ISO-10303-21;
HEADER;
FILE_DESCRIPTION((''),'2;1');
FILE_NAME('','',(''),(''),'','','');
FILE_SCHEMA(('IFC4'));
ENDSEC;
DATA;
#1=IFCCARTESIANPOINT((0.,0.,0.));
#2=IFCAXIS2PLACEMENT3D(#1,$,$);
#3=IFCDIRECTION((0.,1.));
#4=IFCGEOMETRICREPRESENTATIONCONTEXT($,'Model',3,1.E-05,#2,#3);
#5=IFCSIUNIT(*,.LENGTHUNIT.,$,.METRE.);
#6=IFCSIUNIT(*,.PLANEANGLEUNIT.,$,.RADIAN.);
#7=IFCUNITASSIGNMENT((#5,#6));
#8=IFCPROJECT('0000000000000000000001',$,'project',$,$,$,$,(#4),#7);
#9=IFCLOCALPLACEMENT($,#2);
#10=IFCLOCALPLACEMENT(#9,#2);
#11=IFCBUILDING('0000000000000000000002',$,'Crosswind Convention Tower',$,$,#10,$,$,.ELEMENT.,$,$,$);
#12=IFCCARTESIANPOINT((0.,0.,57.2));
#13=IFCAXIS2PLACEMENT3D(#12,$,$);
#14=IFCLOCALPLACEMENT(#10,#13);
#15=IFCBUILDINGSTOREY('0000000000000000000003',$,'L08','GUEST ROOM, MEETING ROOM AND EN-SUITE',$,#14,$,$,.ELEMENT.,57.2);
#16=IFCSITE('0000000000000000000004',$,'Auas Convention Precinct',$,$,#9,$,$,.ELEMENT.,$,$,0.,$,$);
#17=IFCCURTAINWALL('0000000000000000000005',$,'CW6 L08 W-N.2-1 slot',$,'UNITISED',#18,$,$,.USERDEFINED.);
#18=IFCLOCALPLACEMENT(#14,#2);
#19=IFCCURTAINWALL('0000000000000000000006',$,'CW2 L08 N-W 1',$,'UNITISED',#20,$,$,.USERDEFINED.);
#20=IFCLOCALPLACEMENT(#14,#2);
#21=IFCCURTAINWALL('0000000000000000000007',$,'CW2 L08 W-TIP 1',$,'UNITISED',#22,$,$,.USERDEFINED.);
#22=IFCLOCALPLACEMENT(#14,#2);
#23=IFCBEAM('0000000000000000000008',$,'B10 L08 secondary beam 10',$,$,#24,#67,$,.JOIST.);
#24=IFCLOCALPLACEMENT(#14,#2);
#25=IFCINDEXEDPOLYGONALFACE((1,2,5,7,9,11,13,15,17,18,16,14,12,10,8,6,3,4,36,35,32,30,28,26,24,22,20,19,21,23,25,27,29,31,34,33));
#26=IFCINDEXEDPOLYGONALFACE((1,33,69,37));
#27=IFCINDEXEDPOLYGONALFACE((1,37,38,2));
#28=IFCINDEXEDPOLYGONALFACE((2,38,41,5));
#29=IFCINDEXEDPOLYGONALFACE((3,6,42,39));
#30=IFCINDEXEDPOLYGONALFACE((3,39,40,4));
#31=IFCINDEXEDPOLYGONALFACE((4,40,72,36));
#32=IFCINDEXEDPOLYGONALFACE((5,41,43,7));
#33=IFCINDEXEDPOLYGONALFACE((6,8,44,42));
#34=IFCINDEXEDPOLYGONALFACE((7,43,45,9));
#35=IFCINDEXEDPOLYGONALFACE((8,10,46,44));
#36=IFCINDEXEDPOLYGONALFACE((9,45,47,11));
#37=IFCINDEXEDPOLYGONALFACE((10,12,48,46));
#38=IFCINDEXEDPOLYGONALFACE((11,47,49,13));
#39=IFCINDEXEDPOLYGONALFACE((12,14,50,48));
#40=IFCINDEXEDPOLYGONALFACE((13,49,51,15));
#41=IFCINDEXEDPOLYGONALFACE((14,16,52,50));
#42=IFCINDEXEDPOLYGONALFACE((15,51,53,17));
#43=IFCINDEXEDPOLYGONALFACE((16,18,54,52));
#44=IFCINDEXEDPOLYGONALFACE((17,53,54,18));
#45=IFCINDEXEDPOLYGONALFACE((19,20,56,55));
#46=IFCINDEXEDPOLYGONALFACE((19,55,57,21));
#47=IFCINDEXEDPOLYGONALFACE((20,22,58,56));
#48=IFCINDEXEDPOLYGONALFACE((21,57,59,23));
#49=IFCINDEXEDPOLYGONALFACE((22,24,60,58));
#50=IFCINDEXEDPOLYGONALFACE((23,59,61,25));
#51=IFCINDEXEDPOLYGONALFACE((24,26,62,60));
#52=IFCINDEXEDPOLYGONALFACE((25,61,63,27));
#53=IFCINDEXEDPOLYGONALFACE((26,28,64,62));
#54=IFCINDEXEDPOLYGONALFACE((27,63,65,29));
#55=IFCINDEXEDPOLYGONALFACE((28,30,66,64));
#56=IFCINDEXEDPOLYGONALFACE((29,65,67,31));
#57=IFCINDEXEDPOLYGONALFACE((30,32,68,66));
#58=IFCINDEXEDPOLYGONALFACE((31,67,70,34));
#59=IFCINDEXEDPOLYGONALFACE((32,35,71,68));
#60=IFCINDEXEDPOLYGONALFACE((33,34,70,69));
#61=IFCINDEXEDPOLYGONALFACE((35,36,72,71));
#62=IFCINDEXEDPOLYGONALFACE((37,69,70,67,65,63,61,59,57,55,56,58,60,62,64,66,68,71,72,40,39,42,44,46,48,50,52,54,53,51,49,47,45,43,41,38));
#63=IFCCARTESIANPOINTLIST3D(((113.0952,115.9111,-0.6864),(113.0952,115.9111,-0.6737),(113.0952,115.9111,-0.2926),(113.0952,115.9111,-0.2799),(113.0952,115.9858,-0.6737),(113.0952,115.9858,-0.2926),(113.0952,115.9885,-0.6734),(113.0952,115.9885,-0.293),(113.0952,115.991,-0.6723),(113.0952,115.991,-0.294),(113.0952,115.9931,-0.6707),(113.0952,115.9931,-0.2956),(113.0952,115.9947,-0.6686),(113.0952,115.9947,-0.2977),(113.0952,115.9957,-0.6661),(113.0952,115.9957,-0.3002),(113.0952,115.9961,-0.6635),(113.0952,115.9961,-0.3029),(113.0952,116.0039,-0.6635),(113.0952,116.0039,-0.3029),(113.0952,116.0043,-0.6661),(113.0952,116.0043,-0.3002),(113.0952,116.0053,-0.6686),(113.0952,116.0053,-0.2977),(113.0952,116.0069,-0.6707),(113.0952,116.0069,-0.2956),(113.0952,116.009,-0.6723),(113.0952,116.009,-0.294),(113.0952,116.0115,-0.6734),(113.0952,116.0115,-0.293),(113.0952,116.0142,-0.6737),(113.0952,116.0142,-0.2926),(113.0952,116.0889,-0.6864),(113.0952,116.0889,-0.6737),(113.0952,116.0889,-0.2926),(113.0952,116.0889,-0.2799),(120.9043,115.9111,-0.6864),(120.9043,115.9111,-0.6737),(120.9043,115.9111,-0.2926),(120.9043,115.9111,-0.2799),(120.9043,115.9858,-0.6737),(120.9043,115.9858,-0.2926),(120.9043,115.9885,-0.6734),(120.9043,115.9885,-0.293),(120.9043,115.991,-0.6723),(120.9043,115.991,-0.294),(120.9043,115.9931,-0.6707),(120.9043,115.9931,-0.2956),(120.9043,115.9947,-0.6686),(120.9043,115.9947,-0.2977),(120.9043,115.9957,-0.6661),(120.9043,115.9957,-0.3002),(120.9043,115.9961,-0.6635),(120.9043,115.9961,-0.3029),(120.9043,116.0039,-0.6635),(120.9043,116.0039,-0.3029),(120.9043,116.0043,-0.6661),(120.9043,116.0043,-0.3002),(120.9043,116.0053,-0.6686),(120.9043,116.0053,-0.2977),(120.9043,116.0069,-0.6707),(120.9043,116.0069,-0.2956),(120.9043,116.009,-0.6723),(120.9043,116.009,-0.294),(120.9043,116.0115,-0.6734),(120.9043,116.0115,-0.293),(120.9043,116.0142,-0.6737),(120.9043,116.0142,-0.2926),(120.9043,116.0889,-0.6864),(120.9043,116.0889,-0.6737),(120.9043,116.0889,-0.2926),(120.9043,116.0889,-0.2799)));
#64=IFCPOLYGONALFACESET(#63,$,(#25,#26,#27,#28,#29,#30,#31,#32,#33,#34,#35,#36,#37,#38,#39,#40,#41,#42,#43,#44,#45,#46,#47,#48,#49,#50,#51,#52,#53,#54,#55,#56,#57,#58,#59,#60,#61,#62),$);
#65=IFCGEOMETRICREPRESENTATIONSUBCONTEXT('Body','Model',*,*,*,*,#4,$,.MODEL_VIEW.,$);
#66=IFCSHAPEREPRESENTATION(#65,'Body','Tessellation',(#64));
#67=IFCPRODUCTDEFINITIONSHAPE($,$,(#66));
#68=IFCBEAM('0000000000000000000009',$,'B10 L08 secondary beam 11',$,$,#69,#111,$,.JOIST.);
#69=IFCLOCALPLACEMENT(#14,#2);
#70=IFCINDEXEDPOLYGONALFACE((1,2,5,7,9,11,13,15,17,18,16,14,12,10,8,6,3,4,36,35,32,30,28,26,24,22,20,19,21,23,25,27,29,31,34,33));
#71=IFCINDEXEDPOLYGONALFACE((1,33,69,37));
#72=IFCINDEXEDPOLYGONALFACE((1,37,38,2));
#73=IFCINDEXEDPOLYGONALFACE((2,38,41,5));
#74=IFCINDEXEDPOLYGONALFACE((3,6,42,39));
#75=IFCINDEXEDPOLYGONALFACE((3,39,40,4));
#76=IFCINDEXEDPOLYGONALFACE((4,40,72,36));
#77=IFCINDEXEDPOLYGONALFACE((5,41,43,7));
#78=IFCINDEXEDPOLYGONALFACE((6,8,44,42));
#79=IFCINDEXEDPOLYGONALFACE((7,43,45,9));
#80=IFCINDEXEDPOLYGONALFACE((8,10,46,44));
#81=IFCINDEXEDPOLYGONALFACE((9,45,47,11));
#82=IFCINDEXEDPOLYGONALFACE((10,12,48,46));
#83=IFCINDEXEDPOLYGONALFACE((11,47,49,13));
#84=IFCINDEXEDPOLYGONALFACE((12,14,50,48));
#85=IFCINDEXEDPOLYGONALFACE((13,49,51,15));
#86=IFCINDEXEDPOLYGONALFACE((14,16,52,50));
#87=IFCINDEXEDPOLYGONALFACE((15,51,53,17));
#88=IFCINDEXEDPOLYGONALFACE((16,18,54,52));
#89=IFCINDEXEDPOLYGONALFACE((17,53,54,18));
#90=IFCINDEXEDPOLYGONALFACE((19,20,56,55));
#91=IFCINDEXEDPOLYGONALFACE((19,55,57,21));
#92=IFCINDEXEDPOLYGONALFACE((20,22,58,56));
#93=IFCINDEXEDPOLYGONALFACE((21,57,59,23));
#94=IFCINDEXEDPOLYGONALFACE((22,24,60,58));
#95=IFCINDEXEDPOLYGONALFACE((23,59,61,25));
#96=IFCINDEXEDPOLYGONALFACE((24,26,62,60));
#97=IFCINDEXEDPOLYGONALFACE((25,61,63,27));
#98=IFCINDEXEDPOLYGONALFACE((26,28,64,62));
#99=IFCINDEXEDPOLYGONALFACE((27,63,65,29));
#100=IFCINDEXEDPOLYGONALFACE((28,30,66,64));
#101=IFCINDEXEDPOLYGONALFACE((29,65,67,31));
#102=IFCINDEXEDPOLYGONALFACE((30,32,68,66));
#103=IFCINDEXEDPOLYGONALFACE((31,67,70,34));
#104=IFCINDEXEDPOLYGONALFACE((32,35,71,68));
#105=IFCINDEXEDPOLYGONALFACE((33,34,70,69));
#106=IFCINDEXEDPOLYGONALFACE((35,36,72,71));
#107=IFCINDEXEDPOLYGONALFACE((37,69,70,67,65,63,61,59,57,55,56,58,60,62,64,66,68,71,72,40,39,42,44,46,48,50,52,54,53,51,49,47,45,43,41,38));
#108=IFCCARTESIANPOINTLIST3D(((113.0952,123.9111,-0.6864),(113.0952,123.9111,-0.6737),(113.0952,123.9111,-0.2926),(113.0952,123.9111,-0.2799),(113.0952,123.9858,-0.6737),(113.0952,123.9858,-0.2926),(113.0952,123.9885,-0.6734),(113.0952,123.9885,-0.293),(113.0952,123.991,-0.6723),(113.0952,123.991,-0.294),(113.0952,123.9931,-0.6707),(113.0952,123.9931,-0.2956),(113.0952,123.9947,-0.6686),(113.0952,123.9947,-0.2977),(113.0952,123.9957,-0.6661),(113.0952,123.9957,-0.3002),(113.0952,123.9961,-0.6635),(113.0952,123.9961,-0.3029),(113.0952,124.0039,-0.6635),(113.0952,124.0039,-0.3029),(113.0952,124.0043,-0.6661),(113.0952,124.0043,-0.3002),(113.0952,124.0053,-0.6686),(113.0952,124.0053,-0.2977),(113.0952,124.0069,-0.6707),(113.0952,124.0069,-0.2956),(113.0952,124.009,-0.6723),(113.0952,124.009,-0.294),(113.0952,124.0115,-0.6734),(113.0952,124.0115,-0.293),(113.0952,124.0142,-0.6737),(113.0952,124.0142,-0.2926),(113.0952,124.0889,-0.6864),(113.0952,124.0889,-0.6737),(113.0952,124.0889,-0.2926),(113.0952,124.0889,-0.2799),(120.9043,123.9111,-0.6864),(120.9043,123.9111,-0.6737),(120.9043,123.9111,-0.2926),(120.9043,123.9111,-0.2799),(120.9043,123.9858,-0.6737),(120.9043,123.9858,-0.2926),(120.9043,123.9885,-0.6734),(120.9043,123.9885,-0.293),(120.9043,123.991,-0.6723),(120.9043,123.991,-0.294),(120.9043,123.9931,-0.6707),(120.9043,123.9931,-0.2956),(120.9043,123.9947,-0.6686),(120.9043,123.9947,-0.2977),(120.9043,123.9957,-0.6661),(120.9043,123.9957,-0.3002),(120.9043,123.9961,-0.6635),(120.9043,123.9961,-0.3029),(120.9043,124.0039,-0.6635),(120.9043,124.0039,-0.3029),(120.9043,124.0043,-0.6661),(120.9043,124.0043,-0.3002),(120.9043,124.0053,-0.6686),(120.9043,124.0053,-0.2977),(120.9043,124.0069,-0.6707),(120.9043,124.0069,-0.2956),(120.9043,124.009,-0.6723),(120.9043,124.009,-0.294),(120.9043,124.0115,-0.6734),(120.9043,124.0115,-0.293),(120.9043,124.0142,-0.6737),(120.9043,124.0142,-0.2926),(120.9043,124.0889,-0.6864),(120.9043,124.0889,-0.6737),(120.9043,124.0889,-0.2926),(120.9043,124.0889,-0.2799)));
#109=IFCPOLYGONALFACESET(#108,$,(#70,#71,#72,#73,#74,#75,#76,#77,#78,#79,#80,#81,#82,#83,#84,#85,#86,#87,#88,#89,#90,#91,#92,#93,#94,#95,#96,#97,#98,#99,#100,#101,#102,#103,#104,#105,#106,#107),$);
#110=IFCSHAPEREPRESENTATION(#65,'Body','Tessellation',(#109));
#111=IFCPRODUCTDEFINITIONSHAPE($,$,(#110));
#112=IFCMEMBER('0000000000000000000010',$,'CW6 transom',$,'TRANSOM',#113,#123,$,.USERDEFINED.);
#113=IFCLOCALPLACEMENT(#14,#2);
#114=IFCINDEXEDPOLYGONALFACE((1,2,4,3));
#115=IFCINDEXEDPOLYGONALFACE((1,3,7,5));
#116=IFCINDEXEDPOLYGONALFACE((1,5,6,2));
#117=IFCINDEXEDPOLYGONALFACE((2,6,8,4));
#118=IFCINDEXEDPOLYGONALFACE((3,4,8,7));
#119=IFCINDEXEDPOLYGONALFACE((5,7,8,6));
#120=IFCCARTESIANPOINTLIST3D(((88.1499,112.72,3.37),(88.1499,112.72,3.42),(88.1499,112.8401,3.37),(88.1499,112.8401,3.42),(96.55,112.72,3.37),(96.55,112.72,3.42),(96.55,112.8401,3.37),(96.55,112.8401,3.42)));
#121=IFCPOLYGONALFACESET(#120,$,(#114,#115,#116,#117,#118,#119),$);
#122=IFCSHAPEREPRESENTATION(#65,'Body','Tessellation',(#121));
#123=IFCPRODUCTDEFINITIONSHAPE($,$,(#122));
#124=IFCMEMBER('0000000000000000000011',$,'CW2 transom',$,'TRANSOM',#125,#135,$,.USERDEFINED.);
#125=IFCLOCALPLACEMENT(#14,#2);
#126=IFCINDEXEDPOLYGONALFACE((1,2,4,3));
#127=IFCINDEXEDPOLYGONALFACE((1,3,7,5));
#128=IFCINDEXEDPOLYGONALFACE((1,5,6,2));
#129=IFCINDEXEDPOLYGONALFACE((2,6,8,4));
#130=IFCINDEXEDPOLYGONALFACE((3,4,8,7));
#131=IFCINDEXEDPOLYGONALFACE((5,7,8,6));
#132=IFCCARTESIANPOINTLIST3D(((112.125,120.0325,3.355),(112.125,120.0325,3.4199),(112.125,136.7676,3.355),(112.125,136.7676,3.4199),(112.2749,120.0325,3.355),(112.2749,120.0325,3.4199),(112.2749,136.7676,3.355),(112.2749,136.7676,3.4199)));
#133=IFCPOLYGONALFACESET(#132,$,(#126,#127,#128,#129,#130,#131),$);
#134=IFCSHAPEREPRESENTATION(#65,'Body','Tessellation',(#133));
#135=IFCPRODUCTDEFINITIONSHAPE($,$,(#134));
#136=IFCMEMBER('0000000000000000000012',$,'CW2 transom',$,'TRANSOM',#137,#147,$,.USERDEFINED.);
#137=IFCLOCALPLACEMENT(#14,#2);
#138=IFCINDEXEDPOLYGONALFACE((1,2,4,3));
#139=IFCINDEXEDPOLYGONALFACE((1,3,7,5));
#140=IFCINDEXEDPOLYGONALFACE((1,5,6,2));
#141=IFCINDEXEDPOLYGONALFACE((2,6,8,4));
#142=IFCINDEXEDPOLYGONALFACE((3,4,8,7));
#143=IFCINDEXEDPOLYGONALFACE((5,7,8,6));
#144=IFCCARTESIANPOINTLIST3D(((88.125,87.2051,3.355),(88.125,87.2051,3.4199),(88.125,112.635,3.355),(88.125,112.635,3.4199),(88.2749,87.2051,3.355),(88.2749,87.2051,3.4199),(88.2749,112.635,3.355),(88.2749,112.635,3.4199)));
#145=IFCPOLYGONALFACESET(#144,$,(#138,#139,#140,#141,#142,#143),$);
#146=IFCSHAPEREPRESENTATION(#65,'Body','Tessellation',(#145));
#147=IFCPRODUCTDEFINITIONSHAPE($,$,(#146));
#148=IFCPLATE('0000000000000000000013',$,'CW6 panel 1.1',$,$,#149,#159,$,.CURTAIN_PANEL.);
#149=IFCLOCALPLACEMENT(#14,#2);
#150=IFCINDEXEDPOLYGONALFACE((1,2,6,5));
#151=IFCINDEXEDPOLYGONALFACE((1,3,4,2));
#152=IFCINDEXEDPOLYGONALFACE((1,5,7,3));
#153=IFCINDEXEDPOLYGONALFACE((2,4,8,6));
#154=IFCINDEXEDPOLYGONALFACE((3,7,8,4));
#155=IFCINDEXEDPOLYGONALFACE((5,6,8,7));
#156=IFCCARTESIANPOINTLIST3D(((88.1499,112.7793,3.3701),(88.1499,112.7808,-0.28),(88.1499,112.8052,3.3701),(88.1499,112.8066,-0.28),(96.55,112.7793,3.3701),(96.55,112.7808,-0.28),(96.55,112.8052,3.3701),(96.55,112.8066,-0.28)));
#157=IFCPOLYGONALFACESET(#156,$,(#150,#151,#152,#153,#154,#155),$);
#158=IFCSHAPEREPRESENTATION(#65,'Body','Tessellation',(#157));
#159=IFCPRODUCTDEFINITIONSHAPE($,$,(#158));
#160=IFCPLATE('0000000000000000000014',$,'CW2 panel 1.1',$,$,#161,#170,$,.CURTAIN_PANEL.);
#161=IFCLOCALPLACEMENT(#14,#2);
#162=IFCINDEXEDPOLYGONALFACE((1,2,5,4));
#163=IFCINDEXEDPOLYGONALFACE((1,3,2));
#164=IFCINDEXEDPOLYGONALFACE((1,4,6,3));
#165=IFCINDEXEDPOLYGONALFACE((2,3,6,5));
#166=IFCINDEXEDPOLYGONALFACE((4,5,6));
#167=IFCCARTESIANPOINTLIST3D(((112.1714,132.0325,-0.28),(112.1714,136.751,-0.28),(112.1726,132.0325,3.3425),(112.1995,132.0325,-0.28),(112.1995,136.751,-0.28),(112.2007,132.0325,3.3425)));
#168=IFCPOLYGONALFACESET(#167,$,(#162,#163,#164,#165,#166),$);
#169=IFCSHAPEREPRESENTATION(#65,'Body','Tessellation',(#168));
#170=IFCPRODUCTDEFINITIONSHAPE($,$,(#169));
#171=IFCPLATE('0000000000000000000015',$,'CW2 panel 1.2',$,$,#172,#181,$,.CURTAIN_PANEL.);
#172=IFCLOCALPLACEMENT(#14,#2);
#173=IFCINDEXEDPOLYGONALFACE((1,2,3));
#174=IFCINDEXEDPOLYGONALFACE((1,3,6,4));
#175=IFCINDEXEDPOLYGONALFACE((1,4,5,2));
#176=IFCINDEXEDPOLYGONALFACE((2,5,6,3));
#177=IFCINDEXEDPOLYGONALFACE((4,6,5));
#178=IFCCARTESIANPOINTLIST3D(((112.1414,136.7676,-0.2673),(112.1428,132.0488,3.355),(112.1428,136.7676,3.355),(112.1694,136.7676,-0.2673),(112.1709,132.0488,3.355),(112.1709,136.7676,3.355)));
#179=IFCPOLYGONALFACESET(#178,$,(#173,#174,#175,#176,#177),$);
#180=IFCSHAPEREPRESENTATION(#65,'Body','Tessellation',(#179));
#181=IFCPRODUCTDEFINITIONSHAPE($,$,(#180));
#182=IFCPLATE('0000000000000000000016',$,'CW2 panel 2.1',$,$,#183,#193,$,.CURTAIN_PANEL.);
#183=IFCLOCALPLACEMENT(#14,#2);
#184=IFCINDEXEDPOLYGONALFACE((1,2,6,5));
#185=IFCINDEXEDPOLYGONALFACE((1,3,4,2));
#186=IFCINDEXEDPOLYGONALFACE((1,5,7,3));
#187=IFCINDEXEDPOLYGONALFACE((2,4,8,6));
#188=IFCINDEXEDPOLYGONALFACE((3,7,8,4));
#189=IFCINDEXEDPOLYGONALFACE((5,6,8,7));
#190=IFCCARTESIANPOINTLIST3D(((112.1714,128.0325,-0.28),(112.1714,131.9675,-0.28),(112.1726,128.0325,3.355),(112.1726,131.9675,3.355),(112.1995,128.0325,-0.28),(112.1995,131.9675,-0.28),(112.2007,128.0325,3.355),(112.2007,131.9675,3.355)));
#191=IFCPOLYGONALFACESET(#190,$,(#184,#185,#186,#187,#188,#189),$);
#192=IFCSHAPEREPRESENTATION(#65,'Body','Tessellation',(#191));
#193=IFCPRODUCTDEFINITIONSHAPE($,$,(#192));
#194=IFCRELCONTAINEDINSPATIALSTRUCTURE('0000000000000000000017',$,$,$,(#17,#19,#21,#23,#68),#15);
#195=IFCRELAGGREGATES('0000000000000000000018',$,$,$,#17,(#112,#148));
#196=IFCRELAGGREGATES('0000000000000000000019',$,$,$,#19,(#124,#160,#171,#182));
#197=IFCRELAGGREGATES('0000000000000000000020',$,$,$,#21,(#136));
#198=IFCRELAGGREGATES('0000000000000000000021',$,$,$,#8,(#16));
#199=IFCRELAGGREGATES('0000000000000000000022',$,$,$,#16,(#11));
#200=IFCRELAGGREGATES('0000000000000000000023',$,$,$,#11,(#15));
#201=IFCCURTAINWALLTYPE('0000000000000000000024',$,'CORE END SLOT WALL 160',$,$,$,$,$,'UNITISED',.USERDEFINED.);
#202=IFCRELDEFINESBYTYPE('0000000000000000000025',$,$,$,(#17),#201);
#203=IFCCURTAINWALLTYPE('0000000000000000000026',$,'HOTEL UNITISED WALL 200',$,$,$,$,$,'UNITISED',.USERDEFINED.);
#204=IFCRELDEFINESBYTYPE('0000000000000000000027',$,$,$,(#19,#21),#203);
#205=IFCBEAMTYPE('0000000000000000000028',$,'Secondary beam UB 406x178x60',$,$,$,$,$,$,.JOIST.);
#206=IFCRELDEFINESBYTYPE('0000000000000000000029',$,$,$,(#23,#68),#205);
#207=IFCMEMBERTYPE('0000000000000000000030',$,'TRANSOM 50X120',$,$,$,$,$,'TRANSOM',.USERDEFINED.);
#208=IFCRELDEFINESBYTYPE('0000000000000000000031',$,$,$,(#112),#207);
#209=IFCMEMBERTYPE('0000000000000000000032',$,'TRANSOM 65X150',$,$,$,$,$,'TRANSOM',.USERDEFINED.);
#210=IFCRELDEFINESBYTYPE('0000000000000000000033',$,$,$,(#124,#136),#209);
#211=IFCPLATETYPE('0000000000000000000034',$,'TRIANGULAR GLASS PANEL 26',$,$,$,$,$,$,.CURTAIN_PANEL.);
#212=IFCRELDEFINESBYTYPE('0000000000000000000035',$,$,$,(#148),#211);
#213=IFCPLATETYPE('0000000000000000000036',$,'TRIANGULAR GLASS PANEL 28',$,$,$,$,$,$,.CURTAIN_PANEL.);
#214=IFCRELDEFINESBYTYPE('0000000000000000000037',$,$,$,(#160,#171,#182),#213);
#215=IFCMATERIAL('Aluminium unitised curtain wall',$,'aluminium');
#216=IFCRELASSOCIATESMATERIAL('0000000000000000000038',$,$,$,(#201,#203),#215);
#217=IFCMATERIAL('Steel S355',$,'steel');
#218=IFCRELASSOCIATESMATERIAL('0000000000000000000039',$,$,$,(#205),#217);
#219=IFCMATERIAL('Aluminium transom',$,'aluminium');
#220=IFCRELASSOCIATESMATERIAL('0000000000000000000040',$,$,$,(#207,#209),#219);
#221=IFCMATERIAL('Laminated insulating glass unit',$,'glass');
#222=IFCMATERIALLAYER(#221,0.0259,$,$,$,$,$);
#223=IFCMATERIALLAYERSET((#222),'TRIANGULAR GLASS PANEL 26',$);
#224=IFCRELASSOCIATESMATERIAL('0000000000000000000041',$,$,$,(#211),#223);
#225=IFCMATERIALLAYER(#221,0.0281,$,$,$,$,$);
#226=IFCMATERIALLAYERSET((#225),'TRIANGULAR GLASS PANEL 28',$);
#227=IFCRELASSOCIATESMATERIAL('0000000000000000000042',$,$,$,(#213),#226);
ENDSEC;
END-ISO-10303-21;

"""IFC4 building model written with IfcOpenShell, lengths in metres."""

from ifc_helpers import new_model, si_unit, direction, frame, origin, origin_2d, place, context, subcontext, project, spatial, polyline, rectangle, i_section, outline, extrude, material, layer, layer_set, material_profile, profile_set, type_object, element, aggregate, save


model = new_model("IFC4")

# Units and contexts
model_context = context("Model", 3, precision=1e-05, world=origin(), true_north=direction((0.0, 1.0)))
body_context = subcontext(model_context, "Body", "Model", "MODEL_VIEW")
ifc_project = project(units=[si_unit("LENGTHUNIT", "METRE"), si_unit("PLANEANGLEUNIT", "RADIAN")], contexts=[model_context])

# Site, building, storey
site_placement = place(None, origin())
site = spatial("IfcSite", under=ifc_project, at=site_placement, Name="Auas Convention Precinct", CompositionType="ELEMENT", RefElevation=0.0)
building_placement = place(site_placement, origin())
building = spatial("IfcBuilding", under=site, at=building_placement, Name="Crosswind Convention Tower", CompositionType="ELEMENT")
storey_placement = place(building_placement, frame((0.0, 0.0, 57.2)))
storey = spatial("IfcBuildingStorey", under=building, at=storey_placement, Name="L08", Description="GUEST ROOM, MEETING ROOM AND EN-SUITE", CompositionType="ELEMENT", Elevation=57.2)

# Shared definitions
ifc_material_1 = material(Name="Steel S355", Category="steel")

# Curtain wall
ifc_material_2 = material(Name="Aluminium unitised curtain wall", Category="aluminium")
curtain_wall_type_1 = type_object("IfcCurtainWallType", Name="CORE END SLOT WALL 160", ElementType="UNITISED", PredefinedType="USERDEFINED", material=ifc_material_2)
curtain_wall_1_placement = place(storey_placement, origin())
curtain_wall_1 = element("IfcCurtainWall", 1, at=curtain_wall_1_placement, inside=storey, type_object=curtain_wall_type_1, Name="CW6 L08 W-N.2-1 slot", ObjectType="UNITISED", PredefinedType="USERDEFINED")

# Shared definitions
curtain_wall_type_2 = type_object("IfcCurtainWallType", Name="HOTEL UNITISED WALL 200", ElementType="UNITISED", PredefinedType="USERDEFINED", material=ifc_material_2)

# Curtain wall
curtain_wall_2_placement = place(storey_placement, origin())
curtain_wall_2 = element("IfcCurtainWall", 2, at=curtain_wall_2_placement, inside=storey, type_object=curtain_wall_type_2, Name="CW2 L08 N-W 1", ObjectType="UNITISED", PredefinedType="USERDEFINED")

# Curtain wall
curtain_wall_3_placement = place(storey_placement, origin())
curtain_wall_3 = element("IfcCurtainWall", 3, at=curtain_wall_3_placement, inside=storey, type_object=curtain_wall_type_2, Name="CW2 L08 W-TIP 1", ObjectType="UNITISED", PredefinedType="USERDEFINED")

# Beams
ifc_material_profile_1 = material_profile(ifc_material_1, i_section(OverallWidth=0.1777, OverallDepth=0.4065, WebThickness=0.0078, FlangeThickness=0.0127, FilletRadius=0.0103, at=origin_2d()), Name="UB 406x178x60")
ifc_profile_set_1 = profile_set([ifc_material_profile_1], Name="Steel S355")
beam_type_1 = type_object("IfcBeamType", Name="Secondary beam UB 406x178x60", PredefinedType="JOIST", material=ifc_profile_set_1)
for number, where, z_axis, x_axis, name in (
    (4, (113.0952, 116.0, -0.4832), (1.0, 0.0, 0.0), (0.0, 1.0, 0.0), "B10 L08 secondary beam 10"),
    (5, (113.0952, 124.0, -0.4832), (1.0, 0.0, 0.0), (0.0, 1.0, 0.0), "B10 L08 secondary beam 11"),
):
    element("IfcBeam", number, at=place(storey_placement, frame(where, z_axis=z_axis, x_axis=x_axis)), inside=storey, type_object=beam_type_1, Name=name, PredefinedType="JOIST", context=body_context, shape_type="SweptSolid", body=[
        extrude(i_section(OverallWidth=0.1777, OverallDepth=0.4065, WebThickness=0.0078, FlangeThickness=0.0127, FilletRadius=0.0103, at=origin_2d()), origin(), (0.0, 0.0, 1.0), 7.8091),
    ])

# Members
ifc_material_3 = material(Name="Aluminium transom", Category="aluminium")
ifc_material_profile_2 = material_profile(ifc_material_3, rectangle(XDim=0.1201, YDim=0.05, at=origin_2d()), Name="AL 120X50")
ifc_profile_set_2 = profile_set([ifc_material_profile_2], Name="Aluminium transom")
member_type_1 = type_object("IfcMemberType", Name="TRANSOM 50X120", ElementType="TRANSOM", PredefinedType="USERDEFINED", material=ifc_profile_set_2)
member_1_placement = place(storey_placement, frame((96.55, 112.78, 3.395), z_axis=(-1.0, 0.0, 0.0), x_axis=(0.0, -1.0, 0.0)))
member_1 = element("IfcMember", 6, at=member_1_placement, type_object=member_type_1, Name="CW6 transom", ObjectType="TRANSOM", PredefinedType="USERDEFINED", context=body_context, shape_type="SweptSolid", body=[
    extrude(rectangle(XDim=0.1201, YDim=0.05, at=origin_2d()), origin(), (0.0, 0.0, 1.0), 8.4001),
])
ifc_material_profile_3 = material_profile(ifc_material_3, rectangle(XDim=0.1499, YDim=0.0649, at=origin_2d()), Name="AL 150X65")
ifc_profile_set_3 = profile_set([ifc_material_profile_3], Name="Aluminium transom")
member_type_2 = type_object("IfcMemberType", Name="TRANSOM 65X150", ElementType="TRANSOM", PredefinedType="USERDEFINED", material=ifc_profile_set_3)
member_2_placement = place(storey_placement, frame((112.2, 136.7676, 3.3875), z_axis=(0.0, -1.0, 0.0), x_axis=(1.0, 0.0, 0.0)))
member_2 = element("IfcMember", 7, at=member_2_placement, type_object=member_type_2, Name="CW2 transom", ObjectType="TRANSOM", PredefinedType="USERDEFINED", context=body_context, shape_type="SweptSolid", body=[
    extrude(rectangle(XDim=0.1499, YDim=0.0649, at=origin_2d()), origin(), (0.0, 0.0, 1.0), 16.7351),
])
member_3_placement = place(storey_placement, frame((88.2, 112.635, 3.3875), z_axis=(0.0, -1.0, 0.0), x_axis=(1.0, 0.0, 0.0)))
member_3 = element("IfcMember", 8, at=member_3_placement, type_object=member_type_2, Name="CW2 transom", ObjectType="TRANSOM", PredefinedType="USERDEFINED", context=body_context, shape_type="SweptSolid", body=[
    extrude(rectangle(XDim=0.1499, YDim=0.0649, at=origin_2d()), origin(), (0.0, 0.0, 1.0), 25.4299),
])

# Plates
ifc_material_4 = material(Name="Laminated insulating glass unit", Category="glass")
ifc_layer_1 = layer(ifc_material_4, 0.0259)
ifc_layer_set_1 = layer_set([ifc_layer_1], Name="TRIANGULAR GLASS PANEL 26")
plate_type_1 = type_object("IfcPlateType", Name="TRIANGULAR GLASS PANEL 26", PredefinedType="CURTAIN_PANEL", material=ifc_layer_set_1)
plate_1_placement = place(storey_placement, frame((96.55, 112.8066, -0.28), z_axis=(0.0, 1.0, 0.000401), x_axis=(-1.0, 0.0, 0.0)))
plate_1 = element("IfcPlate", 9, at=plate_1_placement, type_object=plate_type_1, Name="CW6 panel 1.1", PredefinedType="CURTAIN_PANEL", context=body_context, shape_type="SweptSolid", body=[
    extrude(outline(polyline([(0.0, 0.0), (8.4001, 0.0), (8.4001, 3.6501), (0.0, 3.6501), (0.0, 0.0)])), origin(), (0.0, 0.0, -1.0), 0.0259),
])
aggregate(curtain_wall_1, [member_1, plate_1])
ifc_layer_2 = layer(ifc_material_4, 0.0281)
ifc_layer_set_2 = layer_set([ifc_layer_2], Name="TRIANGULAR GLASS PANEL 28")
plate_type_2 = type_object("IfcPlateType", Name="TRIANGULAR GLASS PANEL 28", PredefinedType="CURTAIN_PANEL", material=ifc_layer_set_2)
plate_2_placement = place(storey_placement, frame((112.1714, 132.0325, -0.28), z_axis=(-1.0, 0.0, 0.000337), x_axis=(0.000337, 0.0, 1.0)))
plate_2 = element("IfcPlate", 10, at=plate_2_placement, type_object=plate_type_2, Name="CW2 panel 1.1", PredefinedType="CURTAIN_PANEL", context=body_context, shape_type="SweptSolid", body=[
    extrude(outline(polyline([(0.0, 0.0), (3.6226, 0.0), (0.0, 4.7185), (0.0, 0.0)])), origin(), (0.0, 0.0, -1.0), 0.0281),
])
plate_3_placement = place(storey_placement, frame((112.1428, 136.7676, 3.355), z_axis=(-1.0, 0.0, 0.000404), x_axis=(-0.000404, 0.0, -1.0)))
plate_3 = element("IfcPlate", 11, at=plate_3_placement, type_object=plate_type_2, Name="CW2 panel 1.2", PredefinedType="CURTAIN_PANEL", context=body_context, shape_type="SweptSolid", body=[
    extrude(outline(polyline([(0.0, 0.0), (3.6223, 0.0), (0.0, 4.7188), (0.0, 0.0)])), origin(), (0.0, 0.0, -1.0), 0.0281),
])
plate_4_placement = place(storey_placement, frame((112.1714, 131.9675, -0.28), z_axis=(-1.0, 0.0, 0.000336), x_axis=(0.0, -1.0, 0.0)))
plate_4 = element("IfcPlate", 12, at=plate_4_placement, type_object=plate_type_2, Name="CW2 panel 2.1", PredefinedType="CURTAIN_PANEL", context=body_context, shape_type="SweptSolid", body=[
    extrude(outline(polyline([(0.0, 0.0), (3.9351, 0.0), (3.9351, 3.635), (0.0, 3.635), (0.0, 0.0)])), origin(), (0.0, 0.0, -1.0), 0.0281),
])

aggregate(curtain_wall_2, [member_2, plate_2, plate_3, plate_4])
aggregate(curtain_wall_3, [member_3])

save(model, "model.ifc")
